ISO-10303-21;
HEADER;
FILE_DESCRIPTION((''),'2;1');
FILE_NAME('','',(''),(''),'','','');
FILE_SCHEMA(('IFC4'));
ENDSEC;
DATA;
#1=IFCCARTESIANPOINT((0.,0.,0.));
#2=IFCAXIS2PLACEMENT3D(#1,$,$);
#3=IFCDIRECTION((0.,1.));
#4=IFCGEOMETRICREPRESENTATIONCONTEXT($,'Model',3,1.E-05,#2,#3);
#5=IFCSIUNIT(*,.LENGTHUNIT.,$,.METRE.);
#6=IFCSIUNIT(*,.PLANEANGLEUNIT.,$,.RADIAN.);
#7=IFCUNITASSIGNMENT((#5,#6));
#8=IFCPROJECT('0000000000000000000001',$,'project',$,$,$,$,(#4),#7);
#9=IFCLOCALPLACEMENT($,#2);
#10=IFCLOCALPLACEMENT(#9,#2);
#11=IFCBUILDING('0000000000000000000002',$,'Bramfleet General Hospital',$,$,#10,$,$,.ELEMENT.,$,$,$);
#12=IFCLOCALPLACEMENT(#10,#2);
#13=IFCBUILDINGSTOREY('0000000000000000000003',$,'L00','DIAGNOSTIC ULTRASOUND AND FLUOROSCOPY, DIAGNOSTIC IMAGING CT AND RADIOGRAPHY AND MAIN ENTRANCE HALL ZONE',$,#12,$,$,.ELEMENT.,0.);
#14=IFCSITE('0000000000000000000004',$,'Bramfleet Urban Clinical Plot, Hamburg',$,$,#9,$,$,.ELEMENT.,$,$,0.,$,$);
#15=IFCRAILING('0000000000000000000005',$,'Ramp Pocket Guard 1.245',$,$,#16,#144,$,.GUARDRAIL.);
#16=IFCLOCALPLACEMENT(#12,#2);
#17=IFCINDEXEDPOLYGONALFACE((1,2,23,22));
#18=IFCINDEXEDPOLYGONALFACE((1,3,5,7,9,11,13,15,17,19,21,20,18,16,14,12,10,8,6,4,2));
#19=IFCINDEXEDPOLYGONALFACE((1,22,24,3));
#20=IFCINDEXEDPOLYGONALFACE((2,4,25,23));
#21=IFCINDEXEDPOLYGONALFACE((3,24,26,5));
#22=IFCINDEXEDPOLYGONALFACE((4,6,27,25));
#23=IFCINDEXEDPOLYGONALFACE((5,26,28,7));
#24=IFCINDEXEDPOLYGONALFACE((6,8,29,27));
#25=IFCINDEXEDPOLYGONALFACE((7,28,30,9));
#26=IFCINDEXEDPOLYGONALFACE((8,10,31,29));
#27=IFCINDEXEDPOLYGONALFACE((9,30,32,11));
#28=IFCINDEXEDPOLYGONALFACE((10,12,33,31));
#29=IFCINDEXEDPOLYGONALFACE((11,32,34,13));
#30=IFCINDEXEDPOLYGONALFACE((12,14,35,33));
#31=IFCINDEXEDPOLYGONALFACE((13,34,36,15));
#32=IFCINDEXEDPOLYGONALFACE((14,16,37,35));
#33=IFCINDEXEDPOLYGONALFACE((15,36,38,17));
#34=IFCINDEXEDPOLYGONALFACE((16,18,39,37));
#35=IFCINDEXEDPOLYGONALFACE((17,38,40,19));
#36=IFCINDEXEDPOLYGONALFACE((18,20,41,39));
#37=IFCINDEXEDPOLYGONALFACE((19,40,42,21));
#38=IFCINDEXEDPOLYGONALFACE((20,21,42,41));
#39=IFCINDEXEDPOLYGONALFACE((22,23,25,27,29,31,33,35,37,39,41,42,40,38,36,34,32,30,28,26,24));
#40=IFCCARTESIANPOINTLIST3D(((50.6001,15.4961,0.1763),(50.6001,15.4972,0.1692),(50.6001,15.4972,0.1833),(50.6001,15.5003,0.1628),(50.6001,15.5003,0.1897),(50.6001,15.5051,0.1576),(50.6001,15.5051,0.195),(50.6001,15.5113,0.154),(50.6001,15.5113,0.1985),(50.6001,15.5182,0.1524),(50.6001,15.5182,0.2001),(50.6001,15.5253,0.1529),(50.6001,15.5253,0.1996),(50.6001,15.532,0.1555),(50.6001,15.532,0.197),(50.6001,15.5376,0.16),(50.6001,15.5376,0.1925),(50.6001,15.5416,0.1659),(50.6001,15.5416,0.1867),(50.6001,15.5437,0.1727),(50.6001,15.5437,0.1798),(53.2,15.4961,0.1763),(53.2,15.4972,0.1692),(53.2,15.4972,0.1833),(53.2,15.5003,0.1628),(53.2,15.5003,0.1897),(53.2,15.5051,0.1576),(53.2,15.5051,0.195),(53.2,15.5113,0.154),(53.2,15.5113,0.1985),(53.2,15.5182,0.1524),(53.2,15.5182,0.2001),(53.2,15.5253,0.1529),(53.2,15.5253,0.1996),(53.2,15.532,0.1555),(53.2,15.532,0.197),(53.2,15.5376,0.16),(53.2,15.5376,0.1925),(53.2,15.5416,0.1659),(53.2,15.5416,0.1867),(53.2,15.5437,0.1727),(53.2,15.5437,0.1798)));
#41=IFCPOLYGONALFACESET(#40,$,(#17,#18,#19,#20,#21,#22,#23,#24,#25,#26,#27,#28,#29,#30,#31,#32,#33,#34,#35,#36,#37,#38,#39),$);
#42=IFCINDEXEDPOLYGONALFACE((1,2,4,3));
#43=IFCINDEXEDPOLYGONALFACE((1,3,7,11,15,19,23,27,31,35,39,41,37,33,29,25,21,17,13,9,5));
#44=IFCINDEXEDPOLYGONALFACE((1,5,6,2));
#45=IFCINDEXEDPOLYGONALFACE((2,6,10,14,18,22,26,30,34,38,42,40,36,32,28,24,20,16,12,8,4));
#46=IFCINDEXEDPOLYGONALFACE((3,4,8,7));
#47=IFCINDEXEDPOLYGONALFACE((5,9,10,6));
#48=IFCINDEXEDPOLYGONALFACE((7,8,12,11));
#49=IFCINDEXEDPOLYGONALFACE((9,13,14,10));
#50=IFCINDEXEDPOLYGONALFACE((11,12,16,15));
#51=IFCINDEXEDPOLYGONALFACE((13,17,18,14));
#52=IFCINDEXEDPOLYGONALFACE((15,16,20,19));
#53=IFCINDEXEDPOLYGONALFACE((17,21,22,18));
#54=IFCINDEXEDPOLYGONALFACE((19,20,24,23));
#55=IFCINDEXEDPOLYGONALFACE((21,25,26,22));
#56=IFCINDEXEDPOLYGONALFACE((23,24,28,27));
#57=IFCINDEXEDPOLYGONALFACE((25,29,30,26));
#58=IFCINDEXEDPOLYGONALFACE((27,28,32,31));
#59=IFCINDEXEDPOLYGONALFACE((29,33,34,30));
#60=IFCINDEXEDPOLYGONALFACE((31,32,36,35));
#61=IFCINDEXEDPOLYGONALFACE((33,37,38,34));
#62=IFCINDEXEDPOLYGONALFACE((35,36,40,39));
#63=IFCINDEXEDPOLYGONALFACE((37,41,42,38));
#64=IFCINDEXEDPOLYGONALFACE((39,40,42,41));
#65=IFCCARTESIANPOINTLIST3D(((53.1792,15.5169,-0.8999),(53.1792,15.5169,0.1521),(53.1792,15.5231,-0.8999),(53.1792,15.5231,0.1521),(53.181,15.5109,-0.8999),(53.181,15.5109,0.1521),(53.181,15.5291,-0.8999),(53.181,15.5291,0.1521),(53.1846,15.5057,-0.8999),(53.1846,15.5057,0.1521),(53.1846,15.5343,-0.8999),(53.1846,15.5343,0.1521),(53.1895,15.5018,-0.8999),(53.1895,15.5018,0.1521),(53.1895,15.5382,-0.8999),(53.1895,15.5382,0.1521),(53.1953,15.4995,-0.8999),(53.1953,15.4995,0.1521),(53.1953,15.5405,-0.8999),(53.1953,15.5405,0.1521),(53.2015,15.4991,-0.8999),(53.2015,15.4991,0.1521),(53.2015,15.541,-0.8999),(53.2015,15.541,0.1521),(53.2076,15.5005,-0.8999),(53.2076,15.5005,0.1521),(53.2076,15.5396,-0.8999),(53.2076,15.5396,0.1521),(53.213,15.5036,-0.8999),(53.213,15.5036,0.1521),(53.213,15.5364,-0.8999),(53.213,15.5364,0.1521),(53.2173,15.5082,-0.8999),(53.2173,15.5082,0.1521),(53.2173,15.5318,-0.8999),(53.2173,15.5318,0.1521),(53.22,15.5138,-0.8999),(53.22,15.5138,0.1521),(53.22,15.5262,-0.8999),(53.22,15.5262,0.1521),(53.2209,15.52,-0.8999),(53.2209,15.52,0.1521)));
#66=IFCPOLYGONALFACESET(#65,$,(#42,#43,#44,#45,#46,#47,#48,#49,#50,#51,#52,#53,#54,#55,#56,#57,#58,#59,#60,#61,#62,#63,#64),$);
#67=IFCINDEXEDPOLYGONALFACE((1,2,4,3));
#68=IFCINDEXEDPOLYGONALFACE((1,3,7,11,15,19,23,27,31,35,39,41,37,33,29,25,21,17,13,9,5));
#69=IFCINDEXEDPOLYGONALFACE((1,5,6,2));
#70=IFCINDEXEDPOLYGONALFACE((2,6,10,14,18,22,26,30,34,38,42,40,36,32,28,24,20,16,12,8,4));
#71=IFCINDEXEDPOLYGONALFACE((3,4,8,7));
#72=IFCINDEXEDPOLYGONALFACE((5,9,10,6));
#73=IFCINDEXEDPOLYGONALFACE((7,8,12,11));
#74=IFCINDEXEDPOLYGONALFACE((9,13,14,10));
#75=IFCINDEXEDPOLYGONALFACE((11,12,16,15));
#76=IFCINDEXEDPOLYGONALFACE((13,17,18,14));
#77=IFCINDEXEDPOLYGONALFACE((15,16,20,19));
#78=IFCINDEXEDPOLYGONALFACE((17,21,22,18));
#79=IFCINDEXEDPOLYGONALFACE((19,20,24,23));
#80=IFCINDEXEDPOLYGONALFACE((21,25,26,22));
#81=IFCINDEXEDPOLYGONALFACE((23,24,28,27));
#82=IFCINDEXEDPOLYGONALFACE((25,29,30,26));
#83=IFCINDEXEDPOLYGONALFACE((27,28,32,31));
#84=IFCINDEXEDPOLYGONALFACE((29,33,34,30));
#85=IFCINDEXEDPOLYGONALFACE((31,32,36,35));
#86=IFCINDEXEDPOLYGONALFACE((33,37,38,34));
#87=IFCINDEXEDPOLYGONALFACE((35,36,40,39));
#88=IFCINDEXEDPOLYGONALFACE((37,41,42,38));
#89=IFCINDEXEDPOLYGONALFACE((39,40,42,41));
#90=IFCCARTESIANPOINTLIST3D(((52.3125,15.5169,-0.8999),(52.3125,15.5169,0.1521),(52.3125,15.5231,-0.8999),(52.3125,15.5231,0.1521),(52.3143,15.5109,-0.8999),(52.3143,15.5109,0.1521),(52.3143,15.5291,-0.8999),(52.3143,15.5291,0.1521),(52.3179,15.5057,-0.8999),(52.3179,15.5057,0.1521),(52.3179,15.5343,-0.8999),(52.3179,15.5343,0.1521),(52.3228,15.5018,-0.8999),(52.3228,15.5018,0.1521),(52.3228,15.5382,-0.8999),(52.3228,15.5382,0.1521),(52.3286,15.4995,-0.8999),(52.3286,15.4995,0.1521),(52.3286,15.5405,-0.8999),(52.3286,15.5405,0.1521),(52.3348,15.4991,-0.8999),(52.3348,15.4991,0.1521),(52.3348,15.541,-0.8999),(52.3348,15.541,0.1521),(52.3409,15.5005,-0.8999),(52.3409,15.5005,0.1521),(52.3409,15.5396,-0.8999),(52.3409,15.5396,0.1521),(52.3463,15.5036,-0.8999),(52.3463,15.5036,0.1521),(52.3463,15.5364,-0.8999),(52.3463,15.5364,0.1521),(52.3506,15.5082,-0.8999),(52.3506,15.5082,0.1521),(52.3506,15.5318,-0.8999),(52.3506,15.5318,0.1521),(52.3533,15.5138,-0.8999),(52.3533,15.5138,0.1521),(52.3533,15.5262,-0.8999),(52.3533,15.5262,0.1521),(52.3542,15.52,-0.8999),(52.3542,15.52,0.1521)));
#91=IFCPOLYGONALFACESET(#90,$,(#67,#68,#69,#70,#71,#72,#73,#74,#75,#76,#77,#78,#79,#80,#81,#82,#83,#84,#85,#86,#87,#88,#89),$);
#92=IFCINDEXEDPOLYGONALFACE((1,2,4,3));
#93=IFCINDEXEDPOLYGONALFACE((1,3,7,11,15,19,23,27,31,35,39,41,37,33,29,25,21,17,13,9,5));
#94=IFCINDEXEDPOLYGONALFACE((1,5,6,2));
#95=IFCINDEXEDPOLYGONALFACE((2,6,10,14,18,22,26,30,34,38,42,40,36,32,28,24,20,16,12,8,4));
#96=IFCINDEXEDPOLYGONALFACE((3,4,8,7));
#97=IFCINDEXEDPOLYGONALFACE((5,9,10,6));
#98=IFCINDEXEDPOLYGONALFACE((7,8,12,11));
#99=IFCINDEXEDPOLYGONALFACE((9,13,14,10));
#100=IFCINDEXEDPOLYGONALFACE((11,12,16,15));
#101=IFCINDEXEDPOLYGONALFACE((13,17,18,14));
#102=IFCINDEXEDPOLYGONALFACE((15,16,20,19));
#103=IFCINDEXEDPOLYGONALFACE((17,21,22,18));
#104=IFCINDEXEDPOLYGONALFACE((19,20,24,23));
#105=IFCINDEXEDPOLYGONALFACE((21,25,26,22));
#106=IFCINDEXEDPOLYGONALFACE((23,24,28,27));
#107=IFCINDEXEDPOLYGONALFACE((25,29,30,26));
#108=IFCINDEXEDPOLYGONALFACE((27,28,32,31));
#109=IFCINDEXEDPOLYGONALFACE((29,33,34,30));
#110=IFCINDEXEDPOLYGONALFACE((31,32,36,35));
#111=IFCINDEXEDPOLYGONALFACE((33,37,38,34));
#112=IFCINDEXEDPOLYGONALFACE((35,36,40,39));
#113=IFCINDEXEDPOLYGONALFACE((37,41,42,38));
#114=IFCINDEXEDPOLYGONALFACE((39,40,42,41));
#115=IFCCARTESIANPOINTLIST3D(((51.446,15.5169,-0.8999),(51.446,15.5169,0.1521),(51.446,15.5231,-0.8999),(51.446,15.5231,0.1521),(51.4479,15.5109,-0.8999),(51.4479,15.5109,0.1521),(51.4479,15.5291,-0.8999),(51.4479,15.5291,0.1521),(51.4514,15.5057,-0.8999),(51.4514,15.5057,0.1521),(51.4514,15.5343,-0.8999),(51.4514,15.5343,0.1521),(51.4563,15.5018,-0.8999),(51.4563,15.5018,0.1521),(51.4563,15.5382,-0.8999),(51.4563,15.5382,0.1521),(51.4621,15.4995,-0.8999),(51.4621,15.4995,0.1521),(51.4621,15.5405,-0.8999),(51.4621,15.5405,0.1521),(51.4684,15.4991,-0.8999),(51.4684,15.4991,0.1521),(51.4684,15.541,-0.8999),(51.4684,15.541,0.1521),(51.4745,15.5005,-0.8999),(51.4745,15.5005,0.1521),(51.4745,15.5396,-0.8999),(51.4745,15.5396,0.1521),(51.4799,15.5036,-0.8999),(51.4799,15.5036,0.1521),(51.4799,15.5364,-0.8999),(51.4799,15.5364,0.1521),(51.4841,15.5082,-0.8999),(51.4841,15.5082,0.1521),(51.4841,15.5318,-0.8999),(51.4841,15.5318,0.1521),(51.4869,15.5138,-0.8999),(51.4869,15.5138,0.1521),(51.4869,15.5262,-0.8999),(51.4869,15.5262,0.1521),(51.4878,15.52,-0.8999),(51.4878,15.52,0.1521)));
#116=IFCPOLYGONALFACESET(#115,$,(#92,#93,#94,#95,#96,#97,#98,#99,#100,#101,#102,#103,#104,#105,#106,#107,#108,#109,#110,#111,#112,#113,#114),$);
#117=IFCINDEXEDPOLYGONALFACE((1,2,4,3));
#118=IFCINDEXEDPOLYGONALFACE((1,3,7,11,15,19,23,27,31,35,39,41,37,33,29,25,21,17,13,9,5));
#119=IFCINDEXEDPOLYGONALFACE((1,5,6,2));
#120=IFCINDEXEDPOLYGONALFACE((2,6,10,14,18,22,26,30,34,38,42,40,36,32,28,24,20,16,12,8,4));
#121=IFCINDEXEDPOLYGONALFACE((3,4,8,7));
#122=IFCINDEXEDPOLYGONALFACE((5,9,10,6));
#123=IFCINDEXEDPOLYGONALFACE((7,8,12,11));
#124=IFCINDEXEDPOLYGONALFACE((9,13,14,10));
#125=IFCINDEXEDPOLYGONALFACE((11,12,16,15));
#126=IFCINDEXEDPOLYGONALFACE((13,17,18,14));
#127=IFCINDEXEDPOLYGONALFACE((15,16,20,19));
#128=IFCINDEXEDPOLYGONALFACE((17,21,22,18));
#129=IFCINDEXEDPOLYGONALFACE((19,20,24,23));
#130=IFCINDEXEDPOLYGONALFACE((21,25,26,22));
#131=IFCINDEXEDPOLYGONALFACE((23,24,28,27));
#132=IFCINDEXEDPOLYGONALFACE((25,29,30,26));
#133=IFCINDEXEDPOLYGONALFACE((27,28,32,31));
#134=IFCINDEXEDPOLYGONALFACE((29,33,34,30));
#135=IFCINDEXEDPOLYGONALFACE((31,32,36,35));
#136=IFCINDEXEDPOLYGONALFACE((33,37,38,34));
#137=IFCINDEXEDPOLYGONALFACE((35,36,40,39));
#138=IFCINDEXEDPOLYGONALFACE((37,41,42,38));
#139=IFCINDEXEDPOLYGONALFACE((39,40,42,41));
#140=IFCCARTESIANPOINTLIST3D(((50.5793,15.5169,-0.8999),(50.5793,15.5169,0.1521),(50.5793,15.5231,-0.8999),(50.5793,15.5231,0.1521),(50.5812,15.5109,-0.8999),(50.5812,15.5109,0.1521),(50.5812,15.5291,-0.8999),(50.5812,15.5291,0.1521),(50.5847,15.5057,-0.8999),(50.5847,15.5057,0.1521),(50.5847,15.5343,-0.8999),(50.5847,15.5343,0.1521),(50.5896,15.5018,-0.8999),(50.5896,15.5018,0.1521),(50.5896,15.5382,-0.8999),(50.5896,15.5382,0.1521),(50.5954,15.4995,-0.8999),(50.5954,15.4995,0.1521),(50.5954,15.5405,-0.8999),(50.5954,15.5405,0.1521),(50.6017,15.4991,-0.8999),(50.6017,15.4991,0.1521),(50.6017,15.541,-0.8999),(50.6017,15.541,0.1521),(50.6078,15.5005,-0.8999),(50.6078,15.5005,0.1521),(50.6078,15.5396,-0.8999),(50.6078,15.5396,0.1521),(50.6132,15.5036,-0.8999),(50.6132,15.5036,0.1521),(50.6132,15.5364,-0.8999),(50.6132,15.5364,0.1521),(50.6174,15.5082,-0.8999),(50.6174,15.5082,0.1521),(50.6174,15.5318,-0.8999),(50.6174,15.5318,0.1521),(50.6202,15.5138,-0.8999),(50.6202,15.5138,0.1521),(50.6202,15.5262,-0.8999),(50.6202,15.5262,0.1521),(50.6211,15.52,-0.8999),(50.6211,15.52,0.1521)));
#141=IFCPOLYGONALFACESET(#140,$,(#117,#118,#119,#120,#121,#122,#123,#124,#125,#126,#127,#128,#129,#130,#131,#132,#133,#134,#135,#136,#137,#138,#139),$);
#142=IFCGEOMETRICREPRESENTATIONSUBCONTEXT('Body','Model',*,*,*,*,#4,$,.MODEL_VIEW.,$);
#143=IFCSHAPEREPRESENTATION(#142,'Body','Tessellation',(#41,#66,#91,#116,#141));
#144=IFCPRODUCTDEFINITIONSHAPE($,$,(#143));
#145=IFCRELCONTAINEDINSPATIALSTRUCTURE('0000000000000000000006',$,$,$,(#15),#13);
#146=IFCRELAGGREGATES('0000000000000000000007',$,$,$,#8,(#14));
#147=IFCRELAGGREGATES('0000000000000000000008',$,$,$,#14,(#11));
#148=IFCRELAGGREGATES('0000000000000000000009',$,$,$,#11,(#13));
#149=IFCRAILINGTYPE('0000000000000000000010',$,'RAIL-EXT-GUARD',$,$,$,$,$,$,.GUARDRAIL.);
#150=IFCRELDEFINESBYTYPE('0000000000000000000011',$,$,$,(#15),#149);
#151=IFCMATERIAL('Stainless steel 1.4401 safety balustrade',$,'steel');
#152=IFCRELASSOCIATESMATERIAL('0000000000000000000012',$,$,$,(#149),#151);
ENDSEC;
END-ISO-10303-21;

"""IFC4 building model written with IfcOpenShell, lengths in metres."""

from ifc_helpers import new_model, si_unit, direction, frame, origin, origin_2d, place, context, subcontext, project, spatial, circle, extrude, material, type_object, element, save


model = new_model("IFC4")

# Units and contexts
model_context = context("Model", 3, precision=1e-05, world=origin(), true_north=direction((0.0, 1.0)))
body_context = subcontext(model_context, "Body", "Model", "MODEL_VIEW")
ifc_project = project(units=[si_unit("LENGTHUNIT", "METRE"), si_unit("PLANEANGLEUNIT", "RADIAN")], contexts=[model_context])

# Site, building, storey
site_placement = place(None, origin())
site = spatial("IfcSite", under=ifc_project, at=site_placement, Name="Bramfleet Urban Clinical Plot, Hamburg", CompositionType="ELEMENT", RefElevation=0.0)
building_placement = place(site_placement, origin())
building = spatial("IfcBuilding", under=site, at=building_placement, Name="Bramfleet General Hospital", CompositionType="ELEMENT")
storey_placement = place(building_placement, origin())
storey = spatial("IfcBuildingStorey", under=building, at=storey_placement, Name="L00", Description="DIAGNOSTIC ULTRASOUND AND FLUOROSCOPY, DIAGNOSTIC IMAGING CT AND RADIOGRAPHY AND MAIN ENTRANCE HALL ZONE", CompositionType="ELEMENT", Elevation=0.0)

# Railing
ifc_material_1 = material(Name="Stainless steel 1.4401 safety balustrade", Category="steel")
railing_type_1 = type_object("IfcRailingType", Name="RAIL-EXT-GUARD", PredefinedType="GUARDRAIL", material=ifc_material_1)
railing_1_placement = place(storey_placement, frame((53.2, 15.52, -0.8999)))
element("IfcRailing", 1, at=railing_1_placement, inside=storey, type_object=railing_type_1, Name="Ramp Pocket Guard 1.245", PredefinedType="GUARDRAIL", context=body_context, shape_type="SweptSolid", body=[
    extrude(circle(Radius=0.0239, at=origin_2d()), frame((0.0, 0.0, 1.0762), z_axis=(-1.0, 0.0, 0.0), x_axis=(0.0, -1.0, 0.0)), (0.0, 0.0, 1.0), 2.5999),
    extrude(circle(Radius=0.021, at=origin_2d()), origin(), (0.0, 0.0, 1.0), 1.052),
    extrude(circle(Radius=0.021, at=origin_2d()), frame((-0.8667, 0.0, 0.0)), (0.0, 0.0, 1.0), 1.052),
    extrude(circle(Radius=0.021, at=origin_2d()), frame((-1.7332, 0.0, 0.0)), (0.0, 0.0, 1.0), 1.052),
    extrude(circle(Radius=0.021, at=origin_2d()), frame((-2.5999, 0.0, 0.0)), (0.0, 0.0, 1.0), 1.052),
])

save(model, "model.ifc")
